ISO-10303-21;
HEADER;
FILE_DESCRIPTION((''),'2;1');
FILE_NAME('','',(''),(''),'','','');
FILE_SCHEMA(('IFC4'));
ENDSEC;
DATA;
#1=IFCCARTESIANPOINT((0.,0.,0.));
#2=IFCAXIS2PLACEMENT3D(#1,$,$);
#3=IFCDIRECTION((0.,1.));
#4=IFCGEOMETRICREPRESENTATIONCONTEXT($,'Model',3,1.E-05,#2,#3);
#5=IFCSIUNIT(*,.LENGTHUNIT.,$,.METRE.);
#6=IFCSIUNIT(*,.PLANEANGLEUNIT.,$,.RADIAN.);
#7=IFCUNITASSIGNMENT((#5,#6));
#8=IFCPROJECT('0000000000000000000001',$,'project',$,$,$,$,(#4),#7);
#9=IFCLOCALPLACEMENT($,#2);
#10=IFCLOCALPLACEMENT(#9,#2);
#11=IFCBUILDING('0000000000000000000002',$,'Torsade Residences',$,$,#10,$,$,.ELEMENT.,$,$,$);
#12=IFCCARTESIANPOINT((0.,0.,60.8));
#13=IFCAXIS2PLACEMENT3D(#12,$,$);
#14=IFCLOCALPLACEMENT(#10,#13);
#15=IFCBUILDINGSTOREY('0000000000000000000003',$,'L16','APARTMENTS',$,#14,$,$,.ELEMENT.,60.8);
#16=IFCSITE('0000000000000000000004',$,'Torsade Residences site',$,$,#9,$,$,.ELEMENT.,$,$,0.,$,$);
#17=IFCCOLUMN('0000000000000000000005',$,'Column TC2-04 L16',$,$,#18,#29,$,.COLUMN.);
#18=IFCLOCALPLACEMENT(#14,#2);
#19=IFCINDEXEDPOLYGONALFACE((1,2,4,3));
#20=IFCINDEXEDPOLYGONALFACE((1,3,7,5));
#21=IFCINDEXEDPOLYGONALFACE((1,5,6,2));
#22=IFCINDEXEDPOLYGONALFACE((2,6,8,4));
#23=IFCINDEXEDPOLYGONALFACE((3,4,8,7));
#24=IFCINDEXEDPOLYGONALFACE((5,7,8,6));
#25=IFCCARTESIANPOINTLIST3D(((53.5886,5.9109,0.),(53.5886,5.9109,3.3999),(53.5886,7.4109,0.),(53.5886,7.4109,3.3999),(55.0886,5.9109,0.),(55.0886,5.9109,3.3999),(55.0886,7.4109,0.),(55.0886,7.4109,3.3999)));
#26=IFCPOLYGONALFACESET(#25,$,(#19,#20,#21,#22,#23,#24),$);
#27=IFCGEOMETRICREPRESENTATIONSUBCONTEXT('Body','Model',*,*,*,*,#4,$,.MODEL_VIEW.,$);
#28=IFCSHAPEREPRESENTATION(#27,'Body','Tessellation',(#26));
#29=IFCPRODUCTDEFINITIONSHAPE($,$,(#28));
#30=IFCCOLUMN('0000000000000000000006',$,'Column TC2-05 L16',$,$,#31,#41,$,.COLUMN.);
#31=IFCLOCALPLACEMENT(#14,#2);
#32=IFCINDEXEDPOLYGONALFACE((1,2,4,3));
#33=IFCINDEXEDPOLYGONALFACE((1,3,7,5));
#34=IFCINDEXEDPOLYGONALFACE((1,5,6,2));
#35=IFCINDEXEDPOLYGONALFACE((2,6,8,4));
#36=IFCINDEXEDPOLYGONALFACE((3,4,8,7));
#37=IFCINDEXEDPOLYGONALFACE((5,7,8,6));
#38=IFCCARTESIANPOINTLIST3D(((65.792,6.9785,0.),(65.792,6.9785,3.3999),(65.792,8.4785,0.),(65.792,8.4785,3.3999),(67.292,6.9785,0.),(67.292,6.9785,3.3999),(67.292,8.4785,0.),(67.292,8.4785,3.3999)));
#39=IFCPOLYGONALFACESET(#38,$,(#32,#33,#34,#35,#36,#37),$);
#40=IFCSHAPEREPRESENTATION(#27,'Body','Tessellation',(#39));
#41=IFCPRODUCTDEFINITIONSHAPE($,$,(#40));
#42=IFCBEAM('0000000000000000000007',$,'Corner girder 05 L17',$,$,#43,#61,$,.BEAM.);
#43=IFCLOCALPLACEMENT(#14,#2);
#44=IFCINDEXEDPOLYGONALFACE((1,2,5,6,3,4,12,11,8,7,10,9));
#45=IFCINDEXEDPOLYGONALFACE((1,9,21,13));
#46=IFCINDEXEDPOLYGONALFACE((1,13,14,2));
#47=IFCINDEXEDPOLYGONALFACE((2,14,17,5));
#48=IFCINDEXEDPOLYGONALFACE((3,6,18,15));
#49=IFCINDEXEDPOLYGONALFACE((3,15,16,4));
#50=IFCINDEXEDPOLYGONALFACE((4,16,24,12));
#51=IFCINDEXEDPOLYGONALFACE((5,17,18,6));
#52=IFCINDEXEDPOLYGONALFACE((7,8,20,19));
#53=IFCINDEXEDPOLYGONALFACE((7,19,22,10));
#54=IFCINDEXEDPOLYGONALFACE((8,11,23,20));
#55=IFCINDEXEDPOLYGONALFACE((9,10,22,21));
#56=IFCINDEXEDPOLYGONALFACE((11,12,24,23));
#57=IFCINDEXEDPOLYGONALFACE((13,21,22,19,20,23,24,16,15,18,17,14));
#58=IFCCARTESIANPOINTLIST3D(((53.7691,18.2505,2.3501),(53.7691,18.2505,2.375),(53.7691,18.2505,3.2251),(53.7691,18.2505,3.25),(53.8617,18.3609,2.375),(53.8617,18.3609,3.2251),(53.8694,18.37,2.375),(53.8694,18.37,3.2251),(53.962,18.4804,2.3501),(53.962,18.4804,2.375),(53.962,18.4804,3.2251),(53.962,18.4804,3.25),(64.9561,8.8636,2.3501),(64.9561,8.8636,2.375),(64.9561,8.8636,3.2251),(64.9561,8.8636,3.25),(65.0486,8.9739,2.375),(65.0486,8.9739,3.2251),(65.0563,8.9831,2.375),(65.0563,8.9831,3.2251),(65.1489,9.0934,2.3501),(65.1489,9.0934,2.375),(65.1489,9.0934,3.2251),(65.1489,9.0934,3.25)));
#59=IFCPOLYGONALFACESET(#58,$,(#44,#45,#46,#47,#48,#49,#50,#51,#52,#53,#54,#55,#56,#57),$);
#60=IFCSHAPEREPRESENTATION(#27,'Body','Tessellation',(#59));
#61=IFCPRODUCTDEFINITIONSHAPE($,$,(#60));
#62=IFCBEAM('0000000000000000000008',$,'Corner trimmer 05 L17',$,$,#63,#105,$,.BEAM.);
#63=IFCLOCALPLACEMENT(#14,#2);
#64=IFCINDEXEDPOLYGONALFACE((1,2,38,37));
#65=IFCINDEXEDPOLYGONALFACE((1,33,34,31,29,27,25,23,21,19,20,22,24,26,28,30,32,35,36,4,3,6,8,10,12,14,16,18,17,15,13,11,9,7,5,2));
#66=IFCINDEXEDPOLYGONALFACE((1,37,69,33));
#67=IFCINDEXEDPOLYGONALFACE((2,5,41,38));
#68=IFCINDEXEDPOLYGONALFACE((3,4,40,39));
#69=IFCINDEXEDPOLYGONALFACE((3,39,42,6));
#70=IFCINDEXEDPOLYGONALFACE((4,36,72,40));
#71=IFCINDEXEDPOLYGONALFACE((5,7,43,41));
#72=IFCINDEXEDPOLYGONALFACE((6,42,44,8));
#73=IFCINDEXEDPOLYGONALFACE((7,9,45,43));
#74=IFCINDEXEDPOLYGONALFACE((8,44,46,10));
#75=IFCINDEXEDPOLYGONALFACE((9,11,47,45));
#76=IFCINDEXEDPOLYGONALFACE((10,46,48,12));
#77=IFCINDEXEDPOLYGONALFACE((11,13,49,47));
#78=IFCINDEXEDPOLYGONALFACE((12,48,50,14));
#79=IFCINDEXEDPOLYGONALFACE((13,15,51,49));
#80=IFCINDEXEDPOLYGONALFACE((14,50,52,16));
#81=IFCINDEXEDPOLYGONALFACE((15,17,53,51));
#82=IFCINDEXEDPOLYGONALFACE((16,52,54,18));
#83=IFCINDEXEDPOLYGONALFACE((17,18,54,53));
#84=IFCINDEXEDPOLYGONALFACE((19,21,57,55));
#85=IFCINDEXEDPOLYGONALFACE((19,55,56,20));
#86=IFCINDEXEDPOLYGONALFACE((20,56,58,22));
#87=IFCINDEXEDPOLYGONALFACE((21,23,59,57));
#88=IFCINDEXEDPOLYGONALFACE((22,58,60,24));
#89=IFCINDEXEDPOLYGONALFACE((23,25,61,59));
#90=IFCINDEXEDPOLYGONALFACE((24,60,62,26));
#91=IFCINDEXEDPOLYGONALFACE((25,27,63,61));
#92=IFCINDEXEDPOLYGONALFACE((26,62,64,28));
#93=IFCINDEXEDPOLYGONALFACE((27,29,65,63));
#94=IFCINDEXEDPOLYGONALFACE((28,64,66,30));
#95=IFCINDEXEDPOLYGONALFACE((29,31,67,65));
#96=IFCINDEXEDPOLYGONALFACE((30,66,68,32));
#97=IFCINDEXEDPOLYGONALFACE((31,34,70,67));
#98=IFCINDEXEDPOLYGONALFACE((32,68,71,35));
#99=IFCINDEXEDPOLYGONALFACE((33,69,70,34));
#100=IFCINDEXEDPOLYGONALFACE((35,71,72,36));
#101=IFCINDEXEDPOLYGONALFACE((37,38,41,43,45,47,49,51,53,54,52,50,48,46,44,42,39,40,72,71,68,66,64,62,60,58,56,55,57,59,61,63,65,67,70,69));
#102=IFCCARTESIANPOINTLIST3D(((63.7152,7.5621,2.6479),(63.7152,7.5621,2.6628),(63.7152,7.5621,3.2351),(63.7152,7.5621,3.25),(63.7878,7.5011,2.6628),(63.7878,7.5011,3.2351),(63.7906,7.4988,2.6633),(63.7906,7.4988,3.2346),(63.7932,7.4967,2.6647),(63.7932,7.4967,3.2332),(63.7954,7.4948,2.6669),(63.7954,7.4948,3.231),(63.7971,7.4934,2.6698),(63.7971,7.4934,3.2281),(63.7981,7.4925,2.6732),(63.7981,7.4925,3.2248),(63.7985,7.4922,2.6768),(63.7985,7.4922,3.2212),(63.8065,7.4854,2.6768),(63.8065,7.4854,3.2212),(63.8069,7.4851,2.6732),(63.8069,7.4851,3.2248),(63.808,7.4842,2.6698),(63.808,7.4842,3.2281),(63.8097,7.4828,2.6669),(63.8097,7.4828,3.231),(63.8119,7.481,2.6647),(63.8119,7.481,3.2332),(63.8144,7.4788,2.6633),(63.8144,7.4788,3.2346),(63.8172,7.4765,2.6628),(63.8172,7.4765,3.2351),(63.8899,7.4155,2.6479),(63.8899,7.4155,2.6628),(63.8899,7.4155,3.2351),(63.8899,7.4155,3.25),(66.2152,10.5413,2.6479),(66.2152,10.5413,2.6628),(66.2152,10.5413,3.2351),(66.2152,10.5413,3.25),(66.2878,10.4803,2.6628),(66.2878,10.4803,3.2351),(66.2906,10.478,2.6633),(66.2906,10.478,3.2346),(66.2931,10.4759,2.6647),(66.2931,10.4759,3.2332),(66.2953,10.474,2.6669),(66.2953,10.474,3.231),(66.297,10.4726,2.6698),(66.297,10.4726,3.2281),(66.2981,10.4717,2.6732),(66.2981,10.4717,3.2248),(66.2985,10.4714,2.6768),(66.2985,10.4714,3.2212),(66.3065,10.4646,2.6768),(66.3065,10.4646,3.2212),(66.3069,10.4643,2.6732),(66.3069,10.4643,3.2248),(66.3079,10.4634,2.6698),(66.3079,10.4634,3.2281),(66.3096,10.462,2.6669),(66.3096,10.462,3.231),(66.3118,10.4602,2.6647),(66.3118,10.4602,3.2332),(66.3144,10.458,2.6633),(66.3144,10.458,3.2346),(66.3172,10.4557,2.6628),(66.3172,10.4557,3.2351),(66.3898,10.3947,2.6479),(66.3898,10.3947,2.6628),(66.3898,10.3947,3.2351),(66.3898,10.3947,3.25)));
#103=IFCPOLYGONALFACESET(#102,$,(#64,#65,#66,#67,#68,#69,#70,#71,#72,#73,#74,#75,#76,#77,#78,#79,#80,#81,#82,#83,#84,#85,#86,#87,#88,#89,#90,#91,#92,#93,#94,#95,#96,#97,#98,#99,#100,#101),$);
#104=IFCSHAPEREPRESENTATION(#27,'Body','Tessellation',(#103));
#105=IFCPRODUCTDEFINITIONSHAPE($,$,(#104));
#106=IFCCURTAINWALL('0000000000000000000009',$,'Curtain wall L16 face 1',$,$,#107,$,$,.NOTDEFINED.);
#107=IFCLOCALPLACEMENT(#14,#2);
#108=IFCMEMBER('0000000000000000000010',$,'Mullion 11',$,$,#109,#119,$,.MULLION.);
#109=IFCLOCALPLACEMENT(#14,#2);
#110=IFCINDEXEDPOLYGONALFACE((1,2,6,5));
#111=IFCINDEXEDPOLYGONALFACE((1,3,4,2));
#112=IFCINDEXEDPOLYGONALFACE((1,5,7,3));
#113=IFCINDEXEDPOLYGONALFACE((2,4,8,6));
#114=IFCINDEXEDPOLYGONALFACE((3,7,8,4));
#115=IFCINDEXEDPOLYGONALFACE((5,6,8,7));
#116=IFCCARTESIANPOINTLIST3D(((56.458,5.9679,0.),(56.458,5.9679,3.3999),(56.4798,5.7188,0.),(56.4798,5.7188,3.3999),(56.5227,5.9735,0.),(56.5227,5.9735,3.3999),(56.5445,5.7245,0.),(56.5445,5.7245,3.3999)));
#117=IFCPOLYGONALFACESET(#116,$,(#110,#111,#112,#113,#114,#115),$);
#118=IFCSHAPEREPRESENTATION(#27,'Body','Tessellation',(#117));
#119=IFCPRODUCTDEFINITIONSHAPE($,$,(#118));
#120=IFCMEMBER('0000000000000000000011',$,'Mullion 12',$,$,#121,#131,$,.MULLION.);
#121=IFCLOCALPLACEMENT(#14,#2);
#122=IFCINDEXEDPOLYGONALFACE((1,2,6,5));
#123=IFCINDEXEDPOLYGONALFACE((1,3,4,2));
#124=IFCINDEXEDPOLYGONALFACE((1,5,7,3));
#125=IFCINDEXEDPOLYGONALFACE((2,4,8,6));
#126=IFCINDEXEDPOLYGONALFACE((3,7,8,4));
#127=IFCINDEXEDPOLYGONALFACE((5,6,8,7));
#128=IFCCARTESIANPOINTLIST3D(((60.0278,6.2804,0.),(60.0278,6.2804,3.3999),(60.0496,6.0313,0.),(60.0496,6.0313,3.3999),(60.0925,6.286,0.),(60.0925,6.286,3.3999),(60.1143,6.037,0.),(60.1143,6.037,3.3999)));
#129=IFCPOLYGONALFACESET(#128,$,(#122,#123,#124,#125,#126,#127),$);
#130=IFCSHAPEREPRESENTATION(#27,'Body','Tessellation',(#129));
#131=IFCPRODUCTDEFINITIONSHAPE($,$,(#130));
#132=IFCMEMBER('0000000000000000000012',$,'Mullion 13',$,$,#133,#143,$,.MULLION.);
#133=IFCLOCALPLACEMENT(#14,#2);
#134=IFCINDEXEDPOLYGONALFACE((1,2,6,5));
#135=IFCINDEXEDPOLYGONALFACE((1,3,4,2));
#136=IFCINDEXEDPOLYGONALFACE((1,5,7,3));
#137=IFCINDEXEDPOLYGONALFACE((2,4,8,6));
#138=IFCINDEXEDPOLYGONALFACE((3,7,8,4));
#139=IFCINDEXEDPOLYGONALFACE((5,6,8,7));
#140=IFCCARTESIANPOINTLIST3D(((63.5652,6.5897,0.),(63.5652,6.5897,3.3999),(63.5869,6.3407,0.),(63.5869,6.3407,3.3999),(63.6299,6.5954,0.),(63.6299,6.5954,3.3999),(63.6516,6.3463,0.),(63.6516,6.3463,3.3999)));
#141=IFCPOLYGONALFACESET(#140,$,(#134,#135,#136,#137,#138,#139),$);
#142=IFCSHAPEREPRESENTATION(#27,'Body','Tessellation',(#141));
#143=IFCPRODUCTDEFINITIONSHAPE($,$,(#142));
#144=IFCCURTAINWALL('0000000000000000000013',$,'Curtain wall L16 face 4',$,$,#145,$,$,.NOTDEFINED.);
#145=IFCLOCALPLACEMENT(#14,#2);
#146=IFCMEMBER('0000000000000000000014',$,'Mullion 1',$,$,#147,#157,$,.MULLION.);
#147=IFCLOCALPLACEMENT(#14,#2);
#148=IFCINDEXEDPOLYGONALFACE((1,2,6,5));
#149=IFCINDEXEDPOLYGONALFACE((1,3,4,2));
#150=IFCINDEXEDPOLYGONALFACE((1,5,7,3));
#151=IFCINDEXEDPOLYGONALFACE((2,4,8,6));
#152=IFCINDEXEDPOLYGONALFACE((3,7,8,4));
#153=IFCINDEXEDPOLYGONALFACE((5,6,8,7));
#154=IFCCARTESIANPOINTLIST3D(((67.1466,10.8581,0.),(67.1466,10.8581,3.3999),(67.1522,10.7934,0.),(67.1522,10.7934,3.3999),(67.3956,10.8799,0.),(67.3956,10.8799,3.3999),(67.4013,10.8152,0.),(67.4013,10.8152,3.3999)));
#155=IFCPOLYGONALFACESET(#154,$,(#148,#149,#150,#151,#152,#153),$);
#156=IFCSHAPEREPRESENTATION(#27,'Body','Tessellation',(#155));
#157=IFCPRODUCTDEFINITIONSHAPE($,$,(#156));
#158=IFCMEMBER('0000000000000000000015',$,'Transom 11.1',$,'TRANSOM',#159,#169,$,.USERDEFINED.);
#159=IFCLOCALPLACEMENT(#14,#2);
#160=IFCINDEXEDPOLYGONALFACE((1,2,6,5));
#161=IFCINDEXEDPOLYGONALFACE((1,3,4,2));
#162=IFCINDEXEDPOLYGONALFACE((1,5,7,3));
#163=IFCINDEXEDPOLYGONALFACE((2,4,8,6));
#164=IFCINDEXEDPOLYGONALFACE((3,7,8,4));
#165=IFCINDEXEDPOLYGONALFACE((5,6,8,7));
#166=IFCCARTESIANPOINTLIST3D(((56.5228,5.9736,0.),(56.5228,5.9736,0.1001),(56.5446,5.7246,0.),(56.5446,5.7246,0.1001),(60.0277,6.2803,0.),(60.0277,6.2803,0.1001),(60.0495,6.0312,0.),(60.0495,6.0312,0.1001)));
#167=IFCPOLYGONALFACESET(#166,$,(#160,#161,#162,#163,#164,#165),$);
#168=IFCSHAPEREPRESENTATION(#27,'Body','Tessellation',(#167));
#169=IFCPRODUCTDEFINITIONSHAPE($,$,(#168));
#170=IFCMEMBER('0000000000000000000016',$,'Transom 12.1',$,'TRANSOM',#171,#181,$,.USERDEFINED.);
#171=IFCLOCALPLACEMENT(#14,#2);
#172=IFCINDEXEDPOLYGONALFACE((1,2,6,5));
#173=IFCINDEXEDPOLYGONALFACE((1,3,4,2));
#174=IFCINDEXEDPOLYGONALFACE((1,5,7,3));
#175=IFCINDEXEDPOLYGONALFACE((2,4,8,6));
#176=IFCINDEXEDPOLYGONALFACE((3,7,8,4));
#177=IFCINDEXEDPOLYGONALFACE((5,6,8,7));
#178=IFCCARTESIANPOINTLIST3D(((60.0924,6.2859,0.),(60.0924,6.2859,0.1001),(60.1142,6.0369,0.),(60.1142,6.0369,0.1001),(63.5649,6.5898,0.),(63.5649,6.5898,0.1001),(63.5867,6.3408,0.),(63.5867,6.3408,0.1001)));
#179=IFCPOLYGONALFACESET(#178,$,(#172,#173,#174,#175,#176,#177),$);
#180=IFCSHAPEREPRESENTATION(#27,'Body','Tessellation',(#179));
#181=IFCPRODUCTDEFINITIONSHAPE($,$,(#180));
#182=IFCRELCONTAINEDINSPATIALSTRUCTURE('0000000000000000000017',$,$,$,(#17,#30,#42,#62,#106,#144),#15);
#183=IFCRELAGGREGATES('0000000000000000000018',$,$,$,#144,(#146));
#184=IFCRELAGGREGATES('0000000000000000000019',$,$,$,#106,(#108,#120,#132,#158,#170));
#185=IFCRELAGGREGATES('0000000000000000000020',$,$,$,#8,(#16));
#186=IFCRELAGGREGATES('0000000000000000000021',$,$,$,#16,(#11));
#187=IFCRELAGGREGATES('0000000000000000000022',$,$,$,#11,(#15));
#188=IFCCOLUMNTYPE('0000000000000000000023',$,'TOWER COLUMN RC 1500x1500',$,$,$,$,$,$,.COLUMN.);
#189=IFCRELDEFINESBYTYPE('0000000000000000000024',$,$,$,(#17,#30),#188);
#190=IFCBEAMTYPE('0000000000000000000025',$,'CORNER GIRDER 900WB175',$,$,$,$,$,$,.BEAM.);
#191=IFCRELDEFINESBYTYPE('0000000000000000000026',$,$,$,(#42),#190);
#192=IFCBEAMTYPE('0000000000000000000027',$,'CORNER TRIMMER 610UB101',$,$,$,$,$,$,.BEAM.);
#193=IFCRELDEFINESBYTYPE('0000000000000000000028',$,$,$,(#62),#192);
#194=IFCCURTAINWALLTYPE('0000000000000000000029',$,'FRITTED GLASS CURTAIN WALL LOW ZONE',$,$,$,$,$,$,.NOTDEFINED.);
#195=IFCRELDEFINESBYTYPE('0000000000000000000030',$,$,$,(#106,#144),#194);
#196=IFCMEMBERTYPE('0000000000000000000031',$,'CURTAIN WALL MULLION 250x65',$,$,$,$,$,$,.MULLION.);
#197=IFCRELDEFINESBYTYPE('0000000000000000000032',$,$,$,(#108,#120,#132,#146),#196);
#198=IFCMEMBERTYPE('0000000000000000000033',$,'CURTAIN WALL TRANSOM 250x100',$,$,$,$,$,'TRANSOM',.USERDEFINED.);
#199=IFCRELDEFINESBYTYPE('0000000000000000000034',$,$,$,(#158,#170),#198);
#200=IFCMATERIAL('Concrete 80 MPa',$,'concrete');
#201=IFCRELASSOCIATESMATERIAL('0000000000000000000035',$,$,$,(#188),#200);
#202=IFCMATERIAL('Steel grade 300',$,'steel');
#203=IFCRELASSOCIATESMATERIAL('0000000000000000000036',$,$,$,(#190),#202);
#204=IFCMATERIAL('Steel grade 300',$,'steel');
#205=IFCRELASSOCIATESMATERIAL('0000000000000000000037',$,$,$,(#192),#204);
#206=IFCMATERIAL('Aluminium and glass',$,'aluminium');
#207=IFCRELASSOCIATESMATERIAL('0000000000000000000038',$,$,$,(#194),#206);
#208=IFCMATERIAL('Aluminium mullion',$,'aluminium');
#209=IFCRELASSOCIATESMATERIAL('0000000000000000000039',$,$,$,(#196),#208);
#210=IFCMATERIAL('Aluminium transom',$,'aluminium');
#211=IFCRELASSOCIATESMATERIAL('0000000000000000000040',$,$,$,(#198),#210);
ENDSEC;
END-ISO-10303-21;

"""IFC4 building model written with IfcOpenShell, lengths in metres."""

from ifc_helpers import new_model, si_unit, direction, frame, origin, origin_2d, place, context, subcontext, project, spatial, rectangle, i_section, extrude, material, material_profile, profile_set, type_object, element, aggregate, save


model = new_model("IFC4")

# Units and contexts
model_context = context("Model", 3, precision=1e-05, world=origin(), true_north=direction((0.0, 1.0)))
body_context = subcontext(model_context, "Body", "Model", "MODEL_VIEW")
ifc_project = project(units=[si_unit("LENGTHUNIT", "METRE"), si_unit("PLANEANGLEUNIT", "RADIAN")], contexts=[model_context])

# Site, building, storey
site_placement = place(None, origin())
site = spatial("IfcSite", under=ifc_project, at=site_placement, Name="Torsade Residences site", CompositionType="ELEMENT", RefElevation=0.0)
building_placement = place(site_placement, origin())
building = spatial("IfcBuilding", under=site, at=building_placement, Name="Torsade Residences", CompositionType="ELEMENT")
storey_placement = place(building_placement, frame((0.0, 0.0, 60.8)))
storey = spatial("IfcBuildingStorey", under=building, at=storey_placement, Name="L16", Description="APARTMENTS", CompositionType="ELEMENT", Elevation=60.8)

# Columns
ifc_material_1 = material(Name="Concrete 80 MPa", Category="concrete")
ifc_material_profile_1 = material_profile(ifc_material_1, rectangle(XDim=1.5, YDim=1.5, at=origin_2d()), Name="RC 1500x1500")
ifc_profile_set_1 = profile_set([ifc_material_profile_1], Name="Concrete 80 MPa")
column_type = type_object("IfcColumnType", Name="TOWER COLUMN RC 1500x1500", PredefinedType="COLUMN", material=ifc_profile_set_1)
for number, where, z_axis, x_axis, name in (
    (1, (54.3386, 6.6609, 0.0), (0.0, 0.0, 1.0), (1.0, 0.0, 0.0), "Column TC2-04 L16"),
    (2, (66.542, 7.7285, 0.0), (0.0, 0.0, 1.0), (1.0, 0.0, 0.0), "Column TC2-05 L16"),
):
    element("IfcColumn", number, at=place(storey_placement, frame(where, z_axis=z_axis, x_axis=x_axis)), inside=storey, type_object=column_type, Name=name, PredefinedType="COLUMN", context=body_context, shape_type="SweptSolid", body=[
        extrude(rectangle(XDim=1.5, YDim=1.5, at=origin_2d()), origin(), (0.0, 0.0, 1.0), 3.3999),
    ])

# Beams
ifc_material_2 = material(Name="Steel grade 300", Category="steel")
ifc_material_profile_2 = material_profile(ifc_material_2, i_section(OverallWidth=0.3, OverallDepth=0.8999, WebThickness=0.012, FlangeThickness=0.0249, at=origin_2d()), Name="900WB175")
ifc_profile_set_2 = profile_set([ifc_material_profile_2], Name="Steel grade 300")
beam_type_1 = type_object("IfcBeamType", Name="CORNER GIRDER 900WB175", PredefinedType="BEAM", material=ifc_profile_set_2)
beam_1_placement = place(storey_placement, frame((65.0525, 8.9785, 2.8), z_axis=(-0.766046, 0.642785, 0.0), x_axis=(-0.642785, -0.766046, 0.0)))
element("IfcBeam", 3, at=beam_1_placement, inside=storey, type_object=beam_type_1, Name="Corner girder 05 L17", PredefinedType="BEAM", context=body_context, shape_type="SweptSolid", body=[
    extrude(i_section(OverallWidth=0.3, OverallDepth=0.8999, WebThickness=0.012, FlangeThickness=0.0249, at=origin_2d()), origin(), (0.0, 0.0, 1.0), 14.6035),
])
ifc_material_3 = material(Name="Steel grade 300", Category="steel")
ifc_material_profile_3 = material_profile(ifc_material_3, i_section(OverallWidth=0.228, OverallDepth=0.6021, WebThickness=0.0105, FlangeThickness=0.0149, FilletRadius=0.0139, at=origin_2d()), Name="610UB101")
ifc_profile_set_3 = profile_set([ifc_material_profile_3], Name="Steel grade 300")
beam_type_2 = type_object("IfcBeamType", Name="CORNER TRIMMER 610UB101", PredefinedType="BEAM", material=ifc_profile_set_3)
beam_2_placement = place(storey_placement, frame((66.3025, 10.468, 2.949), z_axis=(-0.642805, -0.76603, 0.0), x_axis=(0.76603, -0.642805, 0.0)))
element("IfcBeam", 4, at=beam_2_placement, inside=storey, type_object=beam_type_2, Name="Corner trimmer 05 L17", PredefinedType="BEAM", context=body_context, shape_type="SweptSolid", body=[
    extrude(i_section(OverallWidth=0.228, OverallDepth=0.6021, WebThickness=0.0105, FlangeThickness=0.0149, FilletRadius=0.0139, at=origin_2d()), origin(), (0.0, 0.0, 1.0), 3.8892),
])

# Curtain wall, members
ifc_material_4 = material(Name="Aluminium and glass", Category="aluminium")
curtain_wall_type = type_object("IfcCurtainWallType", Name="FRITTED GLASS CURTAIN WALL LOW ZONE", PredefinedType="NOTDEFINED", material=ifc_material_4)
curtain_wall_1_placement = place(storey_placement, origin())
curtain_wall_1 = element("IfcCurtainWall", 5, at=curtain_wall_1_placement, inside=storey, type_object=curtain_wall_type, Name="Curtain wall L16 face 1", PredefinedType="NOTDEFINED")
ifc_material_5 = material(Name="Aluminium mullion", Category="aluminium")
ifc_material_profile_4 = material_profile(ifc_material_5, rectangle(XDim=0.25, YDim=0.0649, at=origin_2d()), Name="CURTAIN WALL MULLION 250x65")
ifc_profile_set_4 = profile_set([ifc_material_profile_4], Name="Aluminium mullion")
member_type_1 = type_object("IfcMemberType", Name="CURTAIN WALL MULLION 250x65", PredefinedType="MULLION", material=ifc_profile_set_4)
member_1_placement = place(storey_placement, frame((56.5012, 5.8462, 0.0), z_axis=(0.0, 0.0, 1.0), x_axis=(-0.087156, 0.996195, 0.0)))
member_1 = element("IfcMember", 6, at=member_1_placement, type_object=member_type_1, Name="Mullion 11", PredefinedType="MULLION", context=body_context, shape_type="SweptSolid", body=[
    extrude(rectangle(XDim=0.25, YDim=0.0649, at=origin_2d()), origin(), (0.0, 0.0, 1.0), 3.3999),
])
member_2_placement = place(storey_placement, frame((60.071, 6.1587, 0.0), z_axis=(0.0, 0.0, 1.0), x_axis=(-0.087156, 0.996195, 0.0)))
member_2 = element("IfcMember", 7, at=member_2_placement, type_object=member_type_1, Name="Mullion 12", PredefinedType="MULLION", context=body_context, shape_type="SweptSolid", body=[
    extrude(rectangle(XDim=0.25, YDim=0.0649, at=origin_2d()), origin(), (0.0, 0.0, 1.0), 3.3999),
])
member_3_placement = place(storey_placement, frame((63.6084, 6.468, 0.0), z_axis=(0.0, 0.0, 1.0), x_axis=(-0.087156, 0.996195, 0.0)))
member_3 = element("IfcMember", 8, at=member_3_placement, type_object=member_type_1, Name="Mullion 13", PredefinedType="MULLION", context=body_context, shape_type="SweptSolid", body=[
    extrude(rectangle(XDim=0.25, YDim=0.0649, at=origin_2d()), origin(), (0.0, 0.0, 1.0), 3.3999),
])

# Curtain wall, member
curtain_wall_2_placement = place(storey_placement, origin())
curtain_wall_2 = element("IfcCurtainWall", 9, at=curtain_wall_2_placement, inside=storey, type_object=curtain_wall_type, Name="Curtain wall L16 face 4", PredefinedType="NOTDEFINED")
member_4_placement = place(storey_placement, frame((67.2739, 10.8367, 0.0), z_axis=(0.0, 0.0, 1.0), x_axis=(-0.996195, -0.087156, 0.0)))
member_4 = element("IfcMember", 10, at=member_4_placement, type_object=member_type_1, Name="Mullion 1", PredefinedType="MULLION", context=body_context, shape_type="SweptSolid", body=[
    extrude(rectangle(XDim=0.25, YDim=0.0649, at=origin_2d()), origin(), (0.0, 0.0, 1.0), 3.3999),
])

# Members
ifc_material_6 = material(Name="Aluminium transom", Category="aluminium")
ifc_material_profile_5 = material_profile(ifc_material_6, rectangle(XDim=0.25, YDim=0.1001, at=origin_2d()), Name="CURTAIN WALL TRANSOM 250x100")
ifc_profile_set_5 = profile_set([ifc_material_profile_5], Name="Aluminium transom")
member_type_2 = type_object("IfcMemberType", Name="CURTAIN WALL TRANSOM 250x100", ElementType="TRANSOM", PredefinedType="USERDEFINED", material=ifc_profile_set_5)
member_5_placement = place(storey_placement, frame((56.5337, 5.8491, 0.05), z_axis=(0.996195, 0.087157, 0.0), x_axis=(-0.087157, 0.996195, 0.0)))
member_5 = element("IfcMember", 11, at=member_5_placement, type_object=member_type_2, Name="Transom 11.1", ObjectType="TRANSOM", PredefinedType="USERDEFINED", context=body_context, shape_type="SweptSolid", body=[
    extrude(rectangle(XDim=0.25, YDim=0.1001, at=origin_2d()), origin(), (0.0, 0.0, 1.0), 3.5183),
])
member_6_placement = place(storey_placement, frame((60.1033, 6.1614, 0.05), z_axis=(0.996191, 0.087195, 0.0), x_axis=(-0.087195, 0.996191, 0.0)))
member_6 = element("IfcMember", 12, at=member_6_placement, type_object=member_type_2, Name="Transom 12.1", ObjectType="TRANSOM", PredefinedType="USERDEFINED", context=body_context, shape_type="SweptSolid", body=[
    extrude(rectangle(XDim=0.25, YDim=0.1001, at=origin_2d()), origin(), (0.0, 0.0, 1.0), 3.4858),
])

aggregate(curtain_wall_2, [member_4])
aggregate(curtain_wall_1, [member_1, member_2, member_3, member_5, member_6])

save(model, "model.ifc")
